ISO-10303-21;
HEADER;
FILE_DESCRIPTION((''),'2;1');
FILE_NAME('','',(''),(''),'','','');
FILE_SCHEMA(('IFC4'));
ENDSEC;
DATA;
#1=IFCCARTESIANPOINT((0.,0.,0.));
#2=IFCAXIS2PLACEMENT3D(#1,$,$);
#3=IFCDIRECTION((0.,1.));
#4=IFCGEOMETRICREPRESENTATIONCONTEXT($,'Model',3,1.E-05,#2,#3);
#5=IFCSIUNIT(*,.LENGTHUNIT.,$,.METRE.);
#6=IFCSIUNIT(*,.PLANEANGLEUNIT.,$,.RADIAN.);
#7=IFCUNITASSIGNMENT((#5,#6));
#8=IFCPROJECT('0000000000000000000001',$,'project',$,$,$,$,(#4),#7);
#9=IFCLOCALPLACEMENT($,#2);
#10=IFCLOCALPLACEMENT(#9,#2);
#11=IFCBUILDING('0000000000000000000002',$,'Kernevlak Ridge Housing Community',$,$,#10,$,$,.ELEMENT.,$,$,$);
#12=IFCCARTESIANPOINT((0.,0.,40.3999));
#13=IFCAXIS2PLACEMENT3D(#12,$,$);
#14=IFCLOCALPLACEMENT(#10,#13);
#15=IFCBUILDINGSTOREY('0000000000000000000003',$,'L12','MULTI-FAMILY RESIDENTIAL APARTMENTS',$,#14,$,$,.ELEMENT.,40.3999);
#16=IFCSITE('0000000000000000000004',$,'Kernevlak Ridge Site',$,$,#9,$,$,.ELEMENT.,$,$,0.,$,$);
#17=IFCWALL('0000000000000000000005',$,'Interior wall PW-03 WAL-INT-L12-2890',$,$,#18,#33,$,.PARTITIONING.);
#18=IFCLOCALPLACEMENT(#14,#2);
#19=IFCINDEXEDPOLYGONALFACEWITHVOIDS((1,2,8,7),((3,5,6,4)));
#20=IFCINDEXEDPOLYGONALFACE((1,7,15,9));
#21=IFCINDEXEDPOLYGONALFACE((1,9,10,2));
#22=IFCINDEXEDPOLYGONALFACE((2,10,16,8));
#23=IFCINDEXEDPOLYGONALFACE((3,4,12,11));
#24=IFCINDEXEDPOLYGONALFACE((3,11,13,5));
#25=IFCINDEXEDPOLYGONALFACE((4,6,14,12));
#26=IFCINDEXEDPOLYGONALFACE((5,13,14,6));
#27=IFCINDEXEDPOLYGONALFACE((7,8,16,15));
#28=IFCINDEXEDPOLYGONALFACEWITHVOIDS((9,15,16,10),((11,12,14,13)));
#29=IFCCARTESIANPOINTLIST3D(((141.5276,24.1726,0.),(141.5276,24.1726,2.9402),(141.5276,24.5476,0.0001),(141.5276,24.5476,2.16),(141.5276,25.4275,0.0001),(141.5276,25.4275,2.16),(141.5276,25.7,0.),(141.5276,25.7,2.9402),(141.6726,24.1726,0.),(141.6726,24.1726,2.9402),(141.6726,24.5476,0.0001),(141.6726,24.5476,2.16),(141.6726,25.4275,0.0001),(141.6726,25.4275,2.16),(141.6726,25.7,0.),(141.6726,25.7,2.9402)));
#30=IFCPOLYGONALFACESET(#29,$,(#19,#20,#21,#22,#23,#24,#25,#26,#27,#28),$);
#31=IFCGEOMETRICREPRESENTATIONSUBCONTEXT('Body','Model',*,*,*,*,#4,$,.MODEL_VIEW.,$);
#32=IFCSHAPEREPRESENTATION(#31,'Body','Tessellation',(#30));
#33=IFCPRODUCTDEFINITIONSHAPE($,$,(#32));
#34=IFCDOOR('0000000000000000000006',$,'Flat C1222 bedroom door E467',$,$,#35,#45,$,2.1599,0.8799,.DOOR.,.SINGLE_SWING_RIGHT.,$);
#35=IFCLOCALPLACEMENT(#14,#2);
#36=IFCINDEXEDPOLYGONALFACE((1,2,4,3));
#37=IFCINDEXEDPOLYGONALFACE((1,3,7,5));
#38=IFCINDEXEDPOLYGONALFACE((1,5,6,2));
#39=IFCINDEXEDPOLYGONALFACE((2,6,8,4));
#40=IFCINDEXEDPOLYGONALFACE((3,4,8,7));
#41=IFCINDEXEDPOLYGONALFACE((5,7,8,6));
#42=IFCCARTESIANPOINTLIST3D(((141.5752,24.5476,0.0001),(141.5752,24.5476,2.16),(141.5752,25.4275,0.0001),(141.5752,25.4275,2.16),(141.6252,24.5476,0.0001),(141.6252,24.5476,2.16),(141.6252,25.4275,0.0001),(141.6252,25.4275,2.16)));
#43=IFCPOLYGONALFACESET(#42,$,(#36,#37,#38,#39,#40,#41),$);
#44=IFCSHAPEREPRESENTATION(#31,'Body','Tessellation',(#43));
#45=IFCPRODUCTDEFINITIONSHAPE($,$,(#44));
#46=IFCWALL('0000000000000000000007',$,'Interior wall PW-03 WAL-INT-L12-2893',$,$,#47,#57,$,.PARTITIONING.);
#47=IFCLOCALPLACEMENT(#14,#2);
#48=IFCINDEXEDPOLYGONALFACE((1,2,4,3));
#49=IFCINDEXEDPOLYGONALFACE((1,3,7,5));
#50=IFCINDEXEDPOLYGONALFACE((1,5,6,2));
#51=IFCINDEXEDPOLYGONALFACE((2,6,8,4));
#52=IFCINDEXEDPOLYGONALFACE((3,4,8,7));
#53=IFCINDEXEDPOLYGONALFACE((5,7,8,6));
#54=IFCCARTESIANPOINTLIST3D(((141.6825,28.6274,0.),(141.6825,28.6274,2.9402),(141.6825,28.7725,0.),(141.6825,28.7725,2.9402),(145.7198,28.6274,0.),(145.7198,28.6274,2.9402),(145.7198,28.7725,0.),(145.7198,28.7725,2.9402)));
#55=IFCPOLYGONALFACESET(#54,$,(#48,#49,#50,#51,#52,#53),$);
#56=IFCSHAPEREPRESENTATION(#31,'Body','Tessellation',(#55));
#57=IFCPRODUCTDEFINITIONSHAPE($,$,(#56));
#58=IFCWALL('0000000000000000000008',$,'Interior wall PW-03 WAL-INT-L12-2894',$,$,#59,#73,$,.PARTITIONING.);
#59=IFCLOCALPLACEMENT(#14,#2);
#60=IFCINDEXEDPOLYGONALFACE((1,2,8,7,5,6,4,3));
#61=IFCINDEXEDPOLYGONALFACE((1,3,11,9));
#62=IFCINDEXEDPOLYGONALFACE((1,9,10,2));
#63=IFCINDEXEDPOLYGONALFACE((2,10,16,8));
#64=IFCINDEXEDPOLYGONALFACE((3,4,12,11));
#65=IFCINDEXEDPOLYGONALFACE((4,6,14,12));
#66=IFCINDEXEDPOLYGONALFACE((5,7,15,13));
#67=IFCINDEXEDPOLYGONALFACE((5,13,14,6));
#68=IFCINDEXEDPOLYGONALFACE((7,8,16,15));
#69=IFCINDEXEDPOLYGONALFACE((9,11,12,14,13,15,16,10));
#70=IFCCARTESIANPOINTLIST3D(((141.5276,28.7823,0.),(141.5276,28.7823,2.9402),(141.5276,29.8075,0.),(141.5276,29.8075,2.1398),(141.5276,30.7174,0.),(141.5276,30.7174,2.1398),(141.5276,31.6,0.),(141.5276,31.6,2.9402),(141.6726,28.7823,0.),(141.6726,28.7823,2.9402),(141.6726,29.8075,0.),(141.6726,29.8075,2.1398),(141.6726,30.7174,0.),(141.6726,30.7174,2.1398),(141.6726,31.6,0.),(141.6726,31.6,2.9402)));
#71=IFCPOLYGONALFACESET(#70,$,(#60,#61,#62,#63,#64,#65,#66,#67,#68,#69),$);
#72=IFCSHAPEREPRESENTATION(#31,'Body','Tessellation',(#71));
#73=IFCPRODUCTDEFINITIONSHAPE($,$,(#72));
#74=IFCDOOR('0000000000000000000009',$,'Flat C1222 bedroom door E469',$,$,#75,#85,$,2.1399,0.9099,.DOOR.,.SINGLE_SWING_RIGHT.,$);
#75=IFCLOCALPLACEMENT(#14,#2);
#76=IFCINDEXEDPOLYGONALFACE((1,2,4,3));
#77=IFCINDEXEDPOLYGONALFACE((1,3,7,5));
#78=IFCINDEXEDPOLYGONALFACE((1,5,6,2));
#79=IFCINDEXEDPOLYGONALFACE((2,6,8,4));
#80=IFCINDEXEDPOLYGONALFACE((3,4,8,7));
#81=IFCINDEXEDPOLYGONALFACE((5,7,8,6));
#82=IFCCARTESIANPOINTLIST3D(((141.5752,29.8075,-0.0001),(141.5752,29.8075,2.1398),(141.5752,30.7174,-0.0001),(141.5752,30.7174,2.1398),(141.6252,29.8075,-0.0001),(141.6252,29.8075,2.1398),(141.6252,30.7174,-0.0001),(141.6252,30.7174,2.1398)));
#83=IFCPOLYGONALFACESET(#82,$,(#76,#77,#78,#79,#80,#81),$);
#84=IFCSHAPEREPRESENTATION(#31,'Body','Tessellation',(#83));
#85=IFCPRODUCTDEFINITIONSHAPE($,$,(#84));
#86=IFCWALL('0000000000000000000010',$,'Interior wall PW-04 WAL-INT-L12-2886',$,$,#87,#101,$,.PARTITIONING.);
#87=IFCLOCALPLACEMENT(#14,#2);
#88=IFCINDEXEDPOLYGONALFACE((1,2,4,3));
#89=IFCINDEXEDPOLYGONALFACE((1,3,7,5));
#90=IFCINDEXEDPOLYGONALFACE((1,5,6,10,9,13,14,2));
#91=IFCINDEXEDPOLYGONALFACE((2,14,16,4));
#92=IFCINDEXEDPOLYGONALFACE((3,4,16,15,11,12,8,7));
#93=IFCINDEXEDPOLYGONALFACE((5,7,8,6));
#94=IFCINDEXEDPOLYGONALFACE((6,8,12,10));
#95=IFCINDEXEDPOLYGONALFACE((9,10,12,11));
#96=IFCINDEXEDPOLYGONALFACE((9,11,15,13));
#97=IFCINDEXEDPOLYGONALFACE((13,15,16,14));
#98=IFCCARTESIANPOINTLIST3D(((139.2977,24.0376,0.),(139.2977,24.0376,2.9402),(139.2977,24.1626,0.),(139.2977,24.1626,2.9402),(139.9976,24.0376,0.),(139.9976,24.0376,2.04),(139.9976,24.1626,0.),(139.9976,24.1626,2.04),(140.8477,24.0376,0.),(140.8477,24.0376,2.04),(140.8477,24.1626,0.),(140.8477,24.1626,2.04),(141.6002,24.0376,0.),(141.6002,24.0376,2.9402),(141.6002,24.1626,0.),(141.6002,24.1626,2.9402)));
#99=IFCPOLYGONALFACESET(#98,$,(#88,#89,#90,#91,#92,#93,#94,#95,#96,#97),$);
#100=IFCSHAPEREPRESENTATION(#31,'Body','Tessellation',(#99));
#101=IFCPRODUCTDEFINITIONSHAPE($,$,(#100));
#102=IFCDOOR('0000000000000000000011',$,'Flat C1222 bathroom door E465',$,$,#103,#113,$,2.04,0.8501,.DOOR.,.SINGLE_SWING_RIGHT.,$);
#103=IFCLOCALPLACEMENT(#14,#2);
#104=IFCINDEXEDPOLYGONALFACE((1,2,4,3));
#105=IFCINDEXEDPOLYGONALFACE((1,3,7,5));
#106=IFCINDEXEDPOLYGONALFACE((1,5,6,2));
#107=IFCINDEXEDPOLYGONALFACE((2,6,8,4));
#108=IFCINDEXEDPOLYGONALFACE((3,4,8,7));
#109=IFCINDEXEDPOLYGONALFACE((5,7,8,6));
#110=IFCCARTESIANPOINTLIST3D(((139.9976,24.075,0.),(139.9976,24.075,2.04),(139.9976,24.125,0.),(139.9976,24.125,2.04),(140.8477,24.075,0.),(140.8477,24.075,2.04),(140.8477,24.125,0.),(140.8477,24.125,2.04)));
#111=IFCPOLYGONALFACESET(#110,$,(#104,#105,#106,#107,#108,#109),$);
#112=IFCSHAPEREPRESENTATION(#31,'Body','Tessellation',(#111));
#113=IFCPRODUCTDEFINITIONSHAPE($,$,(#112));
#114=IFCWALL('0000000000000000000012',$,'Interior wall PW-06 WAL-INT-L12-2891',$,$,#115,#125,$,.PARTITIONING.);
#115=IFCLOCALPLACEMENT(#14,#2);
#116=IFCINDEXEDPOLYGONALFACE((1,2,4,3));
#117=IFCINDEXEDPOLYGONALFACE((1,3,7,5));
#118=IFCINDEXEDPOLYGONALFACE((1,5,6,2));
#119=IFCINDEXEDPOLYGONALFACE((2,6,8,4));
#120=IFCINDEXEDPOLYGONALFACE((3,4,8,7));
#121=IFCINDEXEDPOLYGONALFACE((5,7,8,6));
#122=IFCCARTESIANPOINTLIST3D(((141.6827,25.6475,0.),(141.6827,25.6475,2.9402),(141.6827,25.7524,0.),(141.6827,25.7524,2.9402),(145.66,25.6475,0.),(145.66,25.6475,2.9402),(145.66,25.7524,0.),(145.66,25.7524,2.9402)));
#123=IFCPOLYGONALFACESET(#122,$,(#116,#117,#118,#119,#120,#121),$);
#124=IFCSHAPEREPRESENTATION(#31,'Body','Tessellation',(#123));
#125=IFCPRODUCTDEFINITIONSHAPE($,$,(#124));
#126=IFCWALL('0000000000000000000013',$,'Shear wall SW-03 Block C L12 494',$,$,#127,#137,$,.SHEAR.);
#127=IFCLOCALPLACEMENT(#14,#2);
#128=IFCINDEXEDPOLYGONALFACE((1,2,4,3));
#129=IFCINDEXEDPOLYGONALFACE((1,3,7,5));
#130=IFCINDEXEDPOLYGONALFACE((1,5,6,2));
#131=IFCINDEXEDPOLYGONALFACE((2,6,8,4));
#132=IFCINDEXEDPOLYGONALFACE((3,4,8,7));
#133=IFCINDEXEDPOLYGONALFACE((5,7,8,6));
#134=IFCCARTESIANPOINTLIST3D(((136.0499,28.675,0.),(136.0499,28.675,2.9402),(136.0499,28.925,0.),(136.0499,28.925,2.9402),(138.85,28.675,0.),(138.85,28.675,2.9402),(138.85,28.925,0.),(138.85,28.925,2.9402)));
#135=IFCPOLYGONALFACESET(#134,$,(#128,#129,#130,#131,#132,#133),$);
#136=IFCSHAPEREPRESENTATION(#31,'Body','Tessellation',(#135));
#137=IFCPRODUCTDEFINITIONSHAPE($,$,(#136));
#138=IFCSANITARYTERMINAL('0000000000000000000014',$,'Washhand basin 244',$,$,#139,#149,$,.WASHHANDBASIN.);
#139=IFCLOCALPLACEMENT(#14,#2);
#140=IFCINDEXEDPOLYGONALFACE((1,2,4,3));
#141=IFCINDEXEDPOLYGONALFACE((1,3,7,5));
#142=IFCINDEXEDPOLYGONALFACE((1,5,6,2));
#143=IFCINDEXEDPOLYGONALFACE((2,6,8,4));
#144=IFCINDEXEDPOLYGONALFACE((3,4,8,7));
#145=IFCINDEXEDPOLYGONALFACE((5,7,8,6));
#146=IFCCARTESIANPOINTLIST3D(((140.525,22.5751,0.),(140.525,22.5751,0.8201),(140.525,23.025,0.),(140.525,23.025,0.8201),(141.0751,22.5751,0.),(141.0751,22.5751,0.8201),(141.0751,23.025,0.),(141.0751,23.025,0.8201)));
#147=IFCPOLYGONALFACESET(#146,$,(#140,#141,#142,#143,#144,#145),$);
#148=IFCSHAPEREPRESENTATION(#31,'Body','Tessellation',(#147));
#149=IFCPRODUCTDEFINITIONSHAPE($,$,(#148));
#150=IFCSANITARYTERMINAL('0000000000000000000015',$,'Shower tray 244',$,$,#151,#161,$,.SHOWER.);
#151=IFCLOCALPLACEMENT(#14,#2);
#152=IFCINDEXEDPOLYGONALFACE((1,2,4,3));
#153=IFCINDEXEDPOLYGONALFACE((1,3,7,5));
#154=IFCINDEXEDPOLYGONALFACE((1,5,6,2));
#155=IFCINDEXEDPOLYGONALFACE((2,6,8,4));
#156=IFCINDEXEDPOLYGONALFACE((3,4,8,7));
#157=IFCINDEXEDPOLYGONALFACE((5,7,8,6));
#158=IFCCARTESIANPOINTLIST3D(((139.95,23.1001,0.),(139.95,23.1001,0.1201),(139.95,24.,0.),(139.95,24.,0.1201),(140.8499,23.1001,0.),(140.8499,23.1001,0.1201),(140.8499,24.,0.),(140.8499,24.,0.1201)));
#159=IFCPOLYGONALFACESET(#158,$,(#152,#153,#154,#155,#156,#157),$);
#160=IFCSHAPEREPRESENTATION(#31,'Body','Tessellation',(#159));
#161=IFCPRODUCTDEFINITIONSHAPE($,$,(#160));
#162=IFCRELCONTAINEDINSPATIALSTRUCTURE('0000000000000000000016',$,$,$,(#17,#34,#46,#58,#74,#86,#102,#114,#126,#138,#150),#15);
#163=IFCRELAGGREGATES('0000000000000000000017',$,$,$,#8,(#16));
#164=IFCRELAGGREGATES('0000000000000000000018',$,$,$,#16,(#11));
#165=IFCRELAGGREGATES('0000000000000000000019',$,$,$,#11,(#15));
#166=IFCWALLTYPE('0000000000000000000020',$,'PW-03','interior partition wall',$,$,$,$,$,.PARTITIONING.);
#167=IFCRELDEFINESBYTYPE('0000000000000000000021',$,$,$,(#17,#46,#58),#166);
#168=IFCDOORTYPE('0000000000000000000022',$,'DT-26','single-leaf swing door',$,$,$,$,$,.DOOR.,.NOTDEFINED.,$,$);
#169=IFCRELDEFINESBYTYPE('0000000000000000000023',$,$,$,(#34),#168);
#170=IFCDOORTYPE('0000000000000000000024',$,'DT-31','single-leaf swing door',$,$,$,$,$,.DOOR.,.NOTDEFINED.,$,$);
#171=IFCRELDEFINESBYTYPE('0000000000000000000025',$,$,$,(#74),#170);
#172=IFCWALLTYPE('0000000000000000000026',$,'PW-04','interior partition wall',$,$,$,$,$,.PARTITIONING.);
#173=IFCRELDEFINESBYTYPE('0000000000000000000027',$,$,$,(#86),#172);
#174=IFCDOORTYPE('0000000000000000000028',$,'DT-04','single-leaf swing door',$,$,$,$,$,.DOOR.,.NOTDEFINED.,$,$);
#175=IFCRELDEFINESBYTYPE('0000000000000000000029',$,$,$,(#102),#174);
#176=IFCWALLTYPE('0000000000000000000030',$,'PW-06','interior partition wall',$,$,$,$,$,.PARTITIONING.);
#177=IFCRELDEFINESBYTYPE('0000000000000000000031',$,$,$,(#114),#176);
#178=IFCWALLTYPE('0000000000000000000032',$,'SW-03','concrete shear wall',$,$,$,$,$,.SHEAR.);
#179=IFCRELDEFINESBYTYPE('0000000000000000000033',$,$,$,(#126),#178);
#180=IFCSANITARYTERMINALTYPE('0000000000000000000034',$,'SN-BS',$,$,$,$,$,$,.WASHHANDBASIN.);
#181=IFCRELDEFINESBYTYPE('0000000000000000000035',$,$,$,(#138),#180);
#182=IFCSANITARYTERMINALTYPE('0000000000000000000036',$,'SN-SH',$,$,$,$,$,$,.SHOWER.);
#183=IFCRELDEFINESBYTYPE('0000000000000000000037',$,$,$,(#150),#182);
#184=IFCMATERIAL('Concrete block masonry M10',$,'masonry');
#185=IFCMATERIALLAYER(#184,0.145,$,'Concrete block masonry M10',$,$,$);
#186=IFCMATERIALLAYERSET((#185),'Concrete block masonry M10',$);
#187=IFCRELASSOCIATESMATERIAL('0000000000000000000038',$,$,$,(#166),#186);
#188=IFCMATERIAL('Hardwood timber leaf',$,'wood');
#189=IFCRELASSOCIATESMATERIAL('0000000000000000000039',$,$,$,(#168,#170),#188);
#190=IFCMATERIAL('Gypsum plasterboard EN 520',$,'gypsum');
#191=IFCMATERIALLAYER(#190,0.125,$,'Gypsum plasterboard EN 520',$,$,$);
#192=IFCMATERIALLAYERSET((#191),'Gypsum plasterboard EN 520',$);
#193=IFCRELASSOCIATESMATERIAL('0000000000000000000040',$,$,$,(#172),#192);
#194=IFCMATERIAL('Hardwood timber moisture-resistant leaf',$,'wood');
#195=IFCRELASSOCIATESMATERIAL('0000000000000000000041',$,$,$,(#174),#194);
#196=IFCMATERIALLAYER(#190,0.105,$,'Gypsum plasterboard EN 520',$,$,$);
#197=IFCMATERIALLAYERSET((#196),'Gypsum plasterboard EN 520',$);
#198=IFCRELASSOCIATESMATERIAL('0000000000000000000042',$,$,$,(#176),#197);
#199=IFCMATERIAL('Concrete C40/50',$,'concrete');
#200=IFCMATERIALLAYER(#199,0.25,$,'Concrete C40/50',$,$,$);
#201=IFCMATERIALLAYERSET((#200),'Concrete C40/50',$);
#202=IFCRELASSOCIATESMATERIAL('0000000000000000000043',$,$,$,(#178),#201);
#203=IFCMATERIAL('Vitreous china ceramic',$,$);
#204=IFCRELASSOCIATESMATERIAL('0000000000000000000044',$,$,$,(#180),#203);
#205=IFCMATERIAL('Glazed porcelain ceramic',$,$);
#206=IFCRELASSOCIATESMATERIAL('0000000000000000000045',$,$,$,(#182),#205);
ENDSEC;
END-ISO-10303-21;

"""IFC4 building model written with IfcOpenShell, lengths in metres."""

from ifc_helpers import new_model, si_unit, direction, frame, frame_2d, origin, origin_2d, place, context, subcontext, project, spatial, rectangle, extrude, material, layer, layer_set, type_object, element, fill, save


model = new_model("IFC4")

# Units and contexts
model_context = context("Model", 3, precision=1e-05, world=origin(), true_north=direction((0.0, 1.0)))
body_context = subcontext(model_context, "Body", "Model", "MODEL_VIEW")
ifc_project = project(units=[si_unit("LENGTHUNIT", "METRE"), si_unit("PLANEANGLEUNIT", "RADIAN")], contexts=[model_context])

# Site, building, storey
site_placement = place(None, origin())
site = spatial("IfcSite", under=ifc_project, at=site_placement, Name="Kernevlak Ridge Site", CompositionType="ELEMENT", RefElevation=0.0)
building_placement = place(site_placement, origin())
building = spatial("IfcBuilding", under=site, at=building_placement, Name="Kernevlak Ridge Housing Community", CompositionType="ELEMENT")
storey_placement = place(building_placement, frame((0.0, 0.0, 40.3999)))
storey = spatial("IfcBuildingStorey", under=building, at=storey_placement, Name="L12", Description="MULTI-FAMILY RESIDENTIAL APARTMENTS", CompositionType="ELEMENT", Elevation=40.3999)

# Shared definitions
ifc_material_1 = material(Name="Concrete block masonry M10", Category="masonry")

# Wall, opening, door
ifc_layer_1 = layer(ifc_material_1, 0.145, Name="Concrete block masonry M10")
ifc_layer_set_1 = layer_set([ifc_layer_1], Name="Concrete block masonry M10")
wall_type_1 = type_object("IfcWallType", Name="PW-03", Description="interior partition wall", PredefinedType="PARTITIONING", material=ifc_layer_set_1)
wall_1_placement = place(storey_placement, frame((141.6001, 24.1726, 0.0), z_axis=(0.0, 0.0, 1.0), x_axis=(0.0, 1.0, 0.0)))
wall_1 = element("IfcWall", 1, at=wall_1_placement, inside=storey, type_object=wall_type_1, Name="Interior wall PW-03 WAL-INT-L12-2890", PredefinedType="PARTITIONING", context=body_context, shape_type="SweptSolid", body=[
    extrude(rectangle(XDim=1.5273, YDim=0.145, at=frame_2d((0.7637, 0.0))), origin(), (0.0, 0.0, 1.0), 2.9402),
])
opening_1_placement = place(wall_1_placement, frame((0.375, 0.0, 0.0)))
opening_1 = element("IfcOpeningElement", 2, at=opening_1_placement, cuts=wall_1, PredefinedType="OPENING", context=body_context, shape_type="SweptSolid", body=[
    extrude(rectangle(XDim=0.8799, YDim=2.1599, at=frame_2d((0.4399, 1.0801))), frame((0.0, 0.0825, 0.0), z_axis=(0.0, -1.0, 0.0), x_axis=(1.0, 0.0, 0.0)), (0.0, 0.0, 1.0), 0.165),
])
ifc_material_2 = material(Name="Hardwood timber leaf", Category="wood")
door_type_1 = type_object("IfcDoorType", Name="DT-26", Description="single-leaf swing door", OperationType="NOTDEFINED", PredefinedType="DOOR", material=ifc_material_2)
door_1_placement = place(opening_1_placement, origin())
door_1 = element("IfcDoor", 3, at=door_1_placement, inside=storey, type_object=door_type_1, Name="Flat C1222 bedroom door E467", OperationType="SINGLE_SWING_RIGHT", OverallHeight=2.1599, OverallWidth=0.8799, PredefinedType="DOOR", context=body_context, shape_type="SweptSolid", body=[
    extrude(rectangle(XDim=0.8799, YDim=2.1599, at=frame_2d((0.4399, 1.0801))), frame((0.0, 0.0249, 0.0), z_axis=(0.0, -1.0, 0.0), x_axis=(1.0, 0.0, 0.0)), (0.0, 0.0, 1.0), 0.05),
])
fill(opening_1, door_1)

# Wall
wall_2_placement = place(storey_placement, frame((141.6826, 28.7, 0.0), z_axis=(0.0, 0.0, 1.0), x_axis=(1.0, 0.0, 0.0)))
element("IfcWall", 4, at=wall_2_placement, inside=storey, type_object=wall_type_1, Name="Interior wall PW-03 WAL-INT-L12-2893", PredefinedType="PARTITIONING", context=body_context, shape_type="SweptSolid", body=[
    extrude(rectangle(XDim=4.0374, YDim=0.145, at=frame_2d((2.0186, 0.0))), origin(), (0.0, 0.0, 1.0), 2.9402),
])

# Walls, openings, doors
wall_3_placement = place(storey_placement, frame((141.6001, 28.7825, 0.0), z_axis=(0.0, 0.0, 1.0), x_axis=(0.0, 1.0, 0.0)))
wall_3 = element("IfcWall", 5, at=wall_3_placement, inside=storey, type_object=wall_type_1, Name="Interior wall PW-03 WAL-INT-L12-2894", PredefinedType="PARTITIONING", context=body_context, shape_type="SweptSolid", body=[
    extrude(rectangle(XDim=2.8176, YDim=0.145, at=frame_2d((1.4087, 0.0))), origin(), (0.0, 0.0, 1.0), 2.9402),
])
opening_2_placement = place(wall_3_placement, frame((1.0249, 0.0, 0.0)))
opening_2 = element("IfcOpeningElement", 6, at=opening_2_placement, cuts=wall_3, PredefinedType="OPENING", context=body_context, shape_type="SweptSolid", body=[
    extrude(rectangle(XDim=0.9099, YDim=2.1399, at=frame_2d((0.4551, 1.0698))), frame((0.0, 0.0825, 0.0), z_axis=(0.0, -1.0, 0.0), x_axis=(1.0, 0.0, 0.0)), (0.0, 0.0, 1.0), 0.165),
])
door_type_2 = type_object("IfcDoorType", Name="DT-31", Description="single-leaf swing door", OperationType="NOTDEFINED", PredefinedType="DOOR", material=ifc_material_2)
door_2_placement = place(opening_2_placement, origin())
door_2 = element("IfcDoor", 7, at=door_2_placement, inside=storey, type_object=door_type_2, Name="Flat C1222 bedroom door E469", OperationType="SINGLE_SWING_RIGHT", OverallHeight=2.1399, OverallWidth=0.9099, PredefinedType="DOOR", context=body_context, shape_type="SweptSolid", body=[
    extrude(rectangle(XDim=0.9099, YDim=2.1399, at=frame_2d((0.4551, 1.0698))), frame((0.0, 0.0249, 0.0), z_axis=(0.0, -1.0, 0.0), x_axis=(1.0, 0.0, 0.0)), (0.0, 0.0, 1.0), 0.05),
])
fill(opening_2, door_2)
ifc_material_3 = material(Name="Gypsum plasterboard EN 520", Category="gypsum")
ifc_layer_2 = layer(ifc_material_3, 0.125, Name="Gypsum plasterboard EN 520")
ifc_layer_set_2 = layer_set([ifc_layer_2], Name="Gypsum plasterboard EN 520")
wall_type_2 = type_object("IfcWallType", Name="PW-04", Description="interior partition wall", PredefinedType="PARTITIONING", material=ifc_layer_set_2)
wall_4_placement = place(storey_placement, frame((139.2976, 24.1001, 0.0), z_axis=(0.0, 0.0, 1.0), x_axis=(1.0, 0.0, 0.0)))
wall_4 = element("IfcWall", 8, at=wall_4_placement, inside=storey, type_object=wall_type_2, Name="Interior wall PW-04 WAL-INT-L12-2886", PredefinedType="PARTITIONING", context=body_context, shape_type="SweptSolid", body=[
    extrude(rectangle(XDim=2.3025, YDim=0.125, at=frame_2d((1.1514, 0.0))), origin(), (0.0, 0.0, 1.0), 2.9402),
])
opening_3_placement = place(wall_4_placement, frame((0.7, 0.0, 0.0)))
opening_3 = element("IfcOpeningElement", 9, at=opening_3_placement, cuts=wall_4, PredefinedType="OPENING", context=body_context, shape_type="SweptSolid", body=[
    extrude(rectangle(XDim=0.8501, YDim=2.04, at=frame_2d((0.425, 1.02))), frame((0.0, 0.0725, 0.0), z_axis=(0.0, -1.0, 0.0), x_axis=(1.0, 0.0, 0.0)), (0.0, 0.0, 1.0), 0.145),
])
ifc_material_4 = material(Name="Hardwood timber moisture-resistant leaf", Category="wood")
door_type_3 = type_object("IfcDoorType", Name="DT-04", Description="single-leaf swing door", OperationType="NOTDEFINED", PredefinedType="DOOR", material=ifc_material_4)
door_3_placement = place(opening_3_placement, origin())
door_3 = element("IfcDoor", 10, at=door_3_placement, inside=storey, type_object=door_type_3, Name="Flat C1222 bathroom door E465", OperationType="SINGLE_SWING_RIGHT", OverallHeight=2.04, OverallWidth=0.8501, PredefinedType="DOOR", context=body_context, shape_type="SweptSolid", body=[
    extrude(rectangle(XDim=0.8501, YDim=2.04, at=frame_2d((0.425, 1.02))), frame((0.0, 0.0249, 0.0), z_axis=(0.0, -1.0, 0.0), x_axis=(1.0, 0.0, 0.0)), (0.0, 0.0, 1.0), 0.05),
])
fill(opening_3, door_3)

# Walls
ifc_layer_3 = layer(ifc_material_3, 0.105, Name="Gypsum plasterboard EN 520")
ifc_layer_set_3 = layer_set([ifc_layer_3], Name="Gypsum plasterboard EN 520")
wall_type_3 = type_object("IfcWallType", Name="PW-06", Description="interior partition wall", PredefinedType="PARTITIONING", material=ifc_layer_set_3)
wall_5_placement = place(storey_placement, frame((141.6826, 25.7, 0.0), z_axis=(0.0, 0.0, 1.0), x_axis=(1.0, 0.0, 0.0)))
element("IfcWall", 11, at=wall_5_placement, inside=storey, type_object=wall_type_3, Name="Interior wall PW-06 WAL-INT-L12-2891", PredefinedType="PARTITIONING", context=body_context, shape_type="SweptSolid", body=[
    extrude(rectangle(XDim=3.9773, YDim=0.105, at=frame_2d((1.9888, 0.0))), origin(), (0.0, 0.0, 1.0), 2.9402),
])
ifc_material_5 = material(Name="Concrete C40/50", Category="concrete")
ifc_layer_4 = layer(ifc_material_5, 0.25, Name="Concrete C40/50")
ifc_layer_set_4 = layer_set([ifc_layer_4], Name="Concrete C40/50")
wall_type_4 = type_object("IfcWallType", Name="SW-03", Description="concrete shear wall", PredefinedType="SHEAR", material=ifc_layer_set_4)
wall_6_placement = place(storey_placement, frame((136.05, 28.8, 0.0), z_axis=(0.0, 0.0, 1.0), x_axis=(1.0, 0.0, 0.0)))
element("IfcWall", 12, at=wall_6_placement, inside=storey, type_object=wall_type_4, Name="Shear wall SW-03 Block C L12 494", PredefinedType="SHEAR", context=body_context, shape_type="SweptSolid", body=[
    extrude(rectangle(XDim=2.8, YDim=0.25, at=frame_2d((1.3999, 0.0))), origin(), (0.0, 0.0, 1.0), 2.9402),
])

# Sanitary terminals
ifc_material_6 = material(Name="Vitreous china ceramic")
sanitary_terminal_type_1 = type_object("IfcSanitaryTerminalType", Name="SN-BS", PredefinedType="WASHHANDBASIN", material=ifc_material_6)
sanitary_terminal_1_placement = place(storey_placement, frame((140.8, 22.8, 0.0), z_axis=(0.0, 0.0, 1.0), x_axis=(1.0, 0.0, 0.0)))
element("IfcSanitaryTerminal", 13, at=sanitary_terminal_1_placement, inside=storey, type_object=sanitary_terminal_type_1, Name="Washhand basin 244", PredefinedType="WASHHANDBASIN", context=body_context, shape_type="SweptSolid", body=[
    extrude(rectangle(XDim=0.55, YDim=0.45, at=origin_2d()), origin(), (0.0, 0.0, 1.0), 0.8201),
])
ifc_material_7 = material(Name="Glazed porcelain ceramic")
sanitary_terminal_type_2 = type_object("IfcSanitaryTerminalType", Name="SN-SH", PredefinedType="SHOWER", material=ifc_material_7)
sanitary_terminal_2_placement = place(storey_placement, frame((140.3999, 23.55, 0.0), z_axis=(0.0, 0.0, 1.0), x_axis=(1.0, 0.0, 0.0)))
element("IfcSanitaryTerminal", 14, at=sanitary_terminal_2_placement, inside=storey, type_object=sanitary_terminal_type_2, Name="Shower tray 244", PredefinedType="SHOWER", context=body_context, shape_type="SweptSolid", body=[
    extrude(rectangle(XDim=0.8999, YDim=0.8999, at=origin_2d()), origin(), (0.0, 0.0, 1.0), 0.1201),
])

save(model, "model.ifc")
